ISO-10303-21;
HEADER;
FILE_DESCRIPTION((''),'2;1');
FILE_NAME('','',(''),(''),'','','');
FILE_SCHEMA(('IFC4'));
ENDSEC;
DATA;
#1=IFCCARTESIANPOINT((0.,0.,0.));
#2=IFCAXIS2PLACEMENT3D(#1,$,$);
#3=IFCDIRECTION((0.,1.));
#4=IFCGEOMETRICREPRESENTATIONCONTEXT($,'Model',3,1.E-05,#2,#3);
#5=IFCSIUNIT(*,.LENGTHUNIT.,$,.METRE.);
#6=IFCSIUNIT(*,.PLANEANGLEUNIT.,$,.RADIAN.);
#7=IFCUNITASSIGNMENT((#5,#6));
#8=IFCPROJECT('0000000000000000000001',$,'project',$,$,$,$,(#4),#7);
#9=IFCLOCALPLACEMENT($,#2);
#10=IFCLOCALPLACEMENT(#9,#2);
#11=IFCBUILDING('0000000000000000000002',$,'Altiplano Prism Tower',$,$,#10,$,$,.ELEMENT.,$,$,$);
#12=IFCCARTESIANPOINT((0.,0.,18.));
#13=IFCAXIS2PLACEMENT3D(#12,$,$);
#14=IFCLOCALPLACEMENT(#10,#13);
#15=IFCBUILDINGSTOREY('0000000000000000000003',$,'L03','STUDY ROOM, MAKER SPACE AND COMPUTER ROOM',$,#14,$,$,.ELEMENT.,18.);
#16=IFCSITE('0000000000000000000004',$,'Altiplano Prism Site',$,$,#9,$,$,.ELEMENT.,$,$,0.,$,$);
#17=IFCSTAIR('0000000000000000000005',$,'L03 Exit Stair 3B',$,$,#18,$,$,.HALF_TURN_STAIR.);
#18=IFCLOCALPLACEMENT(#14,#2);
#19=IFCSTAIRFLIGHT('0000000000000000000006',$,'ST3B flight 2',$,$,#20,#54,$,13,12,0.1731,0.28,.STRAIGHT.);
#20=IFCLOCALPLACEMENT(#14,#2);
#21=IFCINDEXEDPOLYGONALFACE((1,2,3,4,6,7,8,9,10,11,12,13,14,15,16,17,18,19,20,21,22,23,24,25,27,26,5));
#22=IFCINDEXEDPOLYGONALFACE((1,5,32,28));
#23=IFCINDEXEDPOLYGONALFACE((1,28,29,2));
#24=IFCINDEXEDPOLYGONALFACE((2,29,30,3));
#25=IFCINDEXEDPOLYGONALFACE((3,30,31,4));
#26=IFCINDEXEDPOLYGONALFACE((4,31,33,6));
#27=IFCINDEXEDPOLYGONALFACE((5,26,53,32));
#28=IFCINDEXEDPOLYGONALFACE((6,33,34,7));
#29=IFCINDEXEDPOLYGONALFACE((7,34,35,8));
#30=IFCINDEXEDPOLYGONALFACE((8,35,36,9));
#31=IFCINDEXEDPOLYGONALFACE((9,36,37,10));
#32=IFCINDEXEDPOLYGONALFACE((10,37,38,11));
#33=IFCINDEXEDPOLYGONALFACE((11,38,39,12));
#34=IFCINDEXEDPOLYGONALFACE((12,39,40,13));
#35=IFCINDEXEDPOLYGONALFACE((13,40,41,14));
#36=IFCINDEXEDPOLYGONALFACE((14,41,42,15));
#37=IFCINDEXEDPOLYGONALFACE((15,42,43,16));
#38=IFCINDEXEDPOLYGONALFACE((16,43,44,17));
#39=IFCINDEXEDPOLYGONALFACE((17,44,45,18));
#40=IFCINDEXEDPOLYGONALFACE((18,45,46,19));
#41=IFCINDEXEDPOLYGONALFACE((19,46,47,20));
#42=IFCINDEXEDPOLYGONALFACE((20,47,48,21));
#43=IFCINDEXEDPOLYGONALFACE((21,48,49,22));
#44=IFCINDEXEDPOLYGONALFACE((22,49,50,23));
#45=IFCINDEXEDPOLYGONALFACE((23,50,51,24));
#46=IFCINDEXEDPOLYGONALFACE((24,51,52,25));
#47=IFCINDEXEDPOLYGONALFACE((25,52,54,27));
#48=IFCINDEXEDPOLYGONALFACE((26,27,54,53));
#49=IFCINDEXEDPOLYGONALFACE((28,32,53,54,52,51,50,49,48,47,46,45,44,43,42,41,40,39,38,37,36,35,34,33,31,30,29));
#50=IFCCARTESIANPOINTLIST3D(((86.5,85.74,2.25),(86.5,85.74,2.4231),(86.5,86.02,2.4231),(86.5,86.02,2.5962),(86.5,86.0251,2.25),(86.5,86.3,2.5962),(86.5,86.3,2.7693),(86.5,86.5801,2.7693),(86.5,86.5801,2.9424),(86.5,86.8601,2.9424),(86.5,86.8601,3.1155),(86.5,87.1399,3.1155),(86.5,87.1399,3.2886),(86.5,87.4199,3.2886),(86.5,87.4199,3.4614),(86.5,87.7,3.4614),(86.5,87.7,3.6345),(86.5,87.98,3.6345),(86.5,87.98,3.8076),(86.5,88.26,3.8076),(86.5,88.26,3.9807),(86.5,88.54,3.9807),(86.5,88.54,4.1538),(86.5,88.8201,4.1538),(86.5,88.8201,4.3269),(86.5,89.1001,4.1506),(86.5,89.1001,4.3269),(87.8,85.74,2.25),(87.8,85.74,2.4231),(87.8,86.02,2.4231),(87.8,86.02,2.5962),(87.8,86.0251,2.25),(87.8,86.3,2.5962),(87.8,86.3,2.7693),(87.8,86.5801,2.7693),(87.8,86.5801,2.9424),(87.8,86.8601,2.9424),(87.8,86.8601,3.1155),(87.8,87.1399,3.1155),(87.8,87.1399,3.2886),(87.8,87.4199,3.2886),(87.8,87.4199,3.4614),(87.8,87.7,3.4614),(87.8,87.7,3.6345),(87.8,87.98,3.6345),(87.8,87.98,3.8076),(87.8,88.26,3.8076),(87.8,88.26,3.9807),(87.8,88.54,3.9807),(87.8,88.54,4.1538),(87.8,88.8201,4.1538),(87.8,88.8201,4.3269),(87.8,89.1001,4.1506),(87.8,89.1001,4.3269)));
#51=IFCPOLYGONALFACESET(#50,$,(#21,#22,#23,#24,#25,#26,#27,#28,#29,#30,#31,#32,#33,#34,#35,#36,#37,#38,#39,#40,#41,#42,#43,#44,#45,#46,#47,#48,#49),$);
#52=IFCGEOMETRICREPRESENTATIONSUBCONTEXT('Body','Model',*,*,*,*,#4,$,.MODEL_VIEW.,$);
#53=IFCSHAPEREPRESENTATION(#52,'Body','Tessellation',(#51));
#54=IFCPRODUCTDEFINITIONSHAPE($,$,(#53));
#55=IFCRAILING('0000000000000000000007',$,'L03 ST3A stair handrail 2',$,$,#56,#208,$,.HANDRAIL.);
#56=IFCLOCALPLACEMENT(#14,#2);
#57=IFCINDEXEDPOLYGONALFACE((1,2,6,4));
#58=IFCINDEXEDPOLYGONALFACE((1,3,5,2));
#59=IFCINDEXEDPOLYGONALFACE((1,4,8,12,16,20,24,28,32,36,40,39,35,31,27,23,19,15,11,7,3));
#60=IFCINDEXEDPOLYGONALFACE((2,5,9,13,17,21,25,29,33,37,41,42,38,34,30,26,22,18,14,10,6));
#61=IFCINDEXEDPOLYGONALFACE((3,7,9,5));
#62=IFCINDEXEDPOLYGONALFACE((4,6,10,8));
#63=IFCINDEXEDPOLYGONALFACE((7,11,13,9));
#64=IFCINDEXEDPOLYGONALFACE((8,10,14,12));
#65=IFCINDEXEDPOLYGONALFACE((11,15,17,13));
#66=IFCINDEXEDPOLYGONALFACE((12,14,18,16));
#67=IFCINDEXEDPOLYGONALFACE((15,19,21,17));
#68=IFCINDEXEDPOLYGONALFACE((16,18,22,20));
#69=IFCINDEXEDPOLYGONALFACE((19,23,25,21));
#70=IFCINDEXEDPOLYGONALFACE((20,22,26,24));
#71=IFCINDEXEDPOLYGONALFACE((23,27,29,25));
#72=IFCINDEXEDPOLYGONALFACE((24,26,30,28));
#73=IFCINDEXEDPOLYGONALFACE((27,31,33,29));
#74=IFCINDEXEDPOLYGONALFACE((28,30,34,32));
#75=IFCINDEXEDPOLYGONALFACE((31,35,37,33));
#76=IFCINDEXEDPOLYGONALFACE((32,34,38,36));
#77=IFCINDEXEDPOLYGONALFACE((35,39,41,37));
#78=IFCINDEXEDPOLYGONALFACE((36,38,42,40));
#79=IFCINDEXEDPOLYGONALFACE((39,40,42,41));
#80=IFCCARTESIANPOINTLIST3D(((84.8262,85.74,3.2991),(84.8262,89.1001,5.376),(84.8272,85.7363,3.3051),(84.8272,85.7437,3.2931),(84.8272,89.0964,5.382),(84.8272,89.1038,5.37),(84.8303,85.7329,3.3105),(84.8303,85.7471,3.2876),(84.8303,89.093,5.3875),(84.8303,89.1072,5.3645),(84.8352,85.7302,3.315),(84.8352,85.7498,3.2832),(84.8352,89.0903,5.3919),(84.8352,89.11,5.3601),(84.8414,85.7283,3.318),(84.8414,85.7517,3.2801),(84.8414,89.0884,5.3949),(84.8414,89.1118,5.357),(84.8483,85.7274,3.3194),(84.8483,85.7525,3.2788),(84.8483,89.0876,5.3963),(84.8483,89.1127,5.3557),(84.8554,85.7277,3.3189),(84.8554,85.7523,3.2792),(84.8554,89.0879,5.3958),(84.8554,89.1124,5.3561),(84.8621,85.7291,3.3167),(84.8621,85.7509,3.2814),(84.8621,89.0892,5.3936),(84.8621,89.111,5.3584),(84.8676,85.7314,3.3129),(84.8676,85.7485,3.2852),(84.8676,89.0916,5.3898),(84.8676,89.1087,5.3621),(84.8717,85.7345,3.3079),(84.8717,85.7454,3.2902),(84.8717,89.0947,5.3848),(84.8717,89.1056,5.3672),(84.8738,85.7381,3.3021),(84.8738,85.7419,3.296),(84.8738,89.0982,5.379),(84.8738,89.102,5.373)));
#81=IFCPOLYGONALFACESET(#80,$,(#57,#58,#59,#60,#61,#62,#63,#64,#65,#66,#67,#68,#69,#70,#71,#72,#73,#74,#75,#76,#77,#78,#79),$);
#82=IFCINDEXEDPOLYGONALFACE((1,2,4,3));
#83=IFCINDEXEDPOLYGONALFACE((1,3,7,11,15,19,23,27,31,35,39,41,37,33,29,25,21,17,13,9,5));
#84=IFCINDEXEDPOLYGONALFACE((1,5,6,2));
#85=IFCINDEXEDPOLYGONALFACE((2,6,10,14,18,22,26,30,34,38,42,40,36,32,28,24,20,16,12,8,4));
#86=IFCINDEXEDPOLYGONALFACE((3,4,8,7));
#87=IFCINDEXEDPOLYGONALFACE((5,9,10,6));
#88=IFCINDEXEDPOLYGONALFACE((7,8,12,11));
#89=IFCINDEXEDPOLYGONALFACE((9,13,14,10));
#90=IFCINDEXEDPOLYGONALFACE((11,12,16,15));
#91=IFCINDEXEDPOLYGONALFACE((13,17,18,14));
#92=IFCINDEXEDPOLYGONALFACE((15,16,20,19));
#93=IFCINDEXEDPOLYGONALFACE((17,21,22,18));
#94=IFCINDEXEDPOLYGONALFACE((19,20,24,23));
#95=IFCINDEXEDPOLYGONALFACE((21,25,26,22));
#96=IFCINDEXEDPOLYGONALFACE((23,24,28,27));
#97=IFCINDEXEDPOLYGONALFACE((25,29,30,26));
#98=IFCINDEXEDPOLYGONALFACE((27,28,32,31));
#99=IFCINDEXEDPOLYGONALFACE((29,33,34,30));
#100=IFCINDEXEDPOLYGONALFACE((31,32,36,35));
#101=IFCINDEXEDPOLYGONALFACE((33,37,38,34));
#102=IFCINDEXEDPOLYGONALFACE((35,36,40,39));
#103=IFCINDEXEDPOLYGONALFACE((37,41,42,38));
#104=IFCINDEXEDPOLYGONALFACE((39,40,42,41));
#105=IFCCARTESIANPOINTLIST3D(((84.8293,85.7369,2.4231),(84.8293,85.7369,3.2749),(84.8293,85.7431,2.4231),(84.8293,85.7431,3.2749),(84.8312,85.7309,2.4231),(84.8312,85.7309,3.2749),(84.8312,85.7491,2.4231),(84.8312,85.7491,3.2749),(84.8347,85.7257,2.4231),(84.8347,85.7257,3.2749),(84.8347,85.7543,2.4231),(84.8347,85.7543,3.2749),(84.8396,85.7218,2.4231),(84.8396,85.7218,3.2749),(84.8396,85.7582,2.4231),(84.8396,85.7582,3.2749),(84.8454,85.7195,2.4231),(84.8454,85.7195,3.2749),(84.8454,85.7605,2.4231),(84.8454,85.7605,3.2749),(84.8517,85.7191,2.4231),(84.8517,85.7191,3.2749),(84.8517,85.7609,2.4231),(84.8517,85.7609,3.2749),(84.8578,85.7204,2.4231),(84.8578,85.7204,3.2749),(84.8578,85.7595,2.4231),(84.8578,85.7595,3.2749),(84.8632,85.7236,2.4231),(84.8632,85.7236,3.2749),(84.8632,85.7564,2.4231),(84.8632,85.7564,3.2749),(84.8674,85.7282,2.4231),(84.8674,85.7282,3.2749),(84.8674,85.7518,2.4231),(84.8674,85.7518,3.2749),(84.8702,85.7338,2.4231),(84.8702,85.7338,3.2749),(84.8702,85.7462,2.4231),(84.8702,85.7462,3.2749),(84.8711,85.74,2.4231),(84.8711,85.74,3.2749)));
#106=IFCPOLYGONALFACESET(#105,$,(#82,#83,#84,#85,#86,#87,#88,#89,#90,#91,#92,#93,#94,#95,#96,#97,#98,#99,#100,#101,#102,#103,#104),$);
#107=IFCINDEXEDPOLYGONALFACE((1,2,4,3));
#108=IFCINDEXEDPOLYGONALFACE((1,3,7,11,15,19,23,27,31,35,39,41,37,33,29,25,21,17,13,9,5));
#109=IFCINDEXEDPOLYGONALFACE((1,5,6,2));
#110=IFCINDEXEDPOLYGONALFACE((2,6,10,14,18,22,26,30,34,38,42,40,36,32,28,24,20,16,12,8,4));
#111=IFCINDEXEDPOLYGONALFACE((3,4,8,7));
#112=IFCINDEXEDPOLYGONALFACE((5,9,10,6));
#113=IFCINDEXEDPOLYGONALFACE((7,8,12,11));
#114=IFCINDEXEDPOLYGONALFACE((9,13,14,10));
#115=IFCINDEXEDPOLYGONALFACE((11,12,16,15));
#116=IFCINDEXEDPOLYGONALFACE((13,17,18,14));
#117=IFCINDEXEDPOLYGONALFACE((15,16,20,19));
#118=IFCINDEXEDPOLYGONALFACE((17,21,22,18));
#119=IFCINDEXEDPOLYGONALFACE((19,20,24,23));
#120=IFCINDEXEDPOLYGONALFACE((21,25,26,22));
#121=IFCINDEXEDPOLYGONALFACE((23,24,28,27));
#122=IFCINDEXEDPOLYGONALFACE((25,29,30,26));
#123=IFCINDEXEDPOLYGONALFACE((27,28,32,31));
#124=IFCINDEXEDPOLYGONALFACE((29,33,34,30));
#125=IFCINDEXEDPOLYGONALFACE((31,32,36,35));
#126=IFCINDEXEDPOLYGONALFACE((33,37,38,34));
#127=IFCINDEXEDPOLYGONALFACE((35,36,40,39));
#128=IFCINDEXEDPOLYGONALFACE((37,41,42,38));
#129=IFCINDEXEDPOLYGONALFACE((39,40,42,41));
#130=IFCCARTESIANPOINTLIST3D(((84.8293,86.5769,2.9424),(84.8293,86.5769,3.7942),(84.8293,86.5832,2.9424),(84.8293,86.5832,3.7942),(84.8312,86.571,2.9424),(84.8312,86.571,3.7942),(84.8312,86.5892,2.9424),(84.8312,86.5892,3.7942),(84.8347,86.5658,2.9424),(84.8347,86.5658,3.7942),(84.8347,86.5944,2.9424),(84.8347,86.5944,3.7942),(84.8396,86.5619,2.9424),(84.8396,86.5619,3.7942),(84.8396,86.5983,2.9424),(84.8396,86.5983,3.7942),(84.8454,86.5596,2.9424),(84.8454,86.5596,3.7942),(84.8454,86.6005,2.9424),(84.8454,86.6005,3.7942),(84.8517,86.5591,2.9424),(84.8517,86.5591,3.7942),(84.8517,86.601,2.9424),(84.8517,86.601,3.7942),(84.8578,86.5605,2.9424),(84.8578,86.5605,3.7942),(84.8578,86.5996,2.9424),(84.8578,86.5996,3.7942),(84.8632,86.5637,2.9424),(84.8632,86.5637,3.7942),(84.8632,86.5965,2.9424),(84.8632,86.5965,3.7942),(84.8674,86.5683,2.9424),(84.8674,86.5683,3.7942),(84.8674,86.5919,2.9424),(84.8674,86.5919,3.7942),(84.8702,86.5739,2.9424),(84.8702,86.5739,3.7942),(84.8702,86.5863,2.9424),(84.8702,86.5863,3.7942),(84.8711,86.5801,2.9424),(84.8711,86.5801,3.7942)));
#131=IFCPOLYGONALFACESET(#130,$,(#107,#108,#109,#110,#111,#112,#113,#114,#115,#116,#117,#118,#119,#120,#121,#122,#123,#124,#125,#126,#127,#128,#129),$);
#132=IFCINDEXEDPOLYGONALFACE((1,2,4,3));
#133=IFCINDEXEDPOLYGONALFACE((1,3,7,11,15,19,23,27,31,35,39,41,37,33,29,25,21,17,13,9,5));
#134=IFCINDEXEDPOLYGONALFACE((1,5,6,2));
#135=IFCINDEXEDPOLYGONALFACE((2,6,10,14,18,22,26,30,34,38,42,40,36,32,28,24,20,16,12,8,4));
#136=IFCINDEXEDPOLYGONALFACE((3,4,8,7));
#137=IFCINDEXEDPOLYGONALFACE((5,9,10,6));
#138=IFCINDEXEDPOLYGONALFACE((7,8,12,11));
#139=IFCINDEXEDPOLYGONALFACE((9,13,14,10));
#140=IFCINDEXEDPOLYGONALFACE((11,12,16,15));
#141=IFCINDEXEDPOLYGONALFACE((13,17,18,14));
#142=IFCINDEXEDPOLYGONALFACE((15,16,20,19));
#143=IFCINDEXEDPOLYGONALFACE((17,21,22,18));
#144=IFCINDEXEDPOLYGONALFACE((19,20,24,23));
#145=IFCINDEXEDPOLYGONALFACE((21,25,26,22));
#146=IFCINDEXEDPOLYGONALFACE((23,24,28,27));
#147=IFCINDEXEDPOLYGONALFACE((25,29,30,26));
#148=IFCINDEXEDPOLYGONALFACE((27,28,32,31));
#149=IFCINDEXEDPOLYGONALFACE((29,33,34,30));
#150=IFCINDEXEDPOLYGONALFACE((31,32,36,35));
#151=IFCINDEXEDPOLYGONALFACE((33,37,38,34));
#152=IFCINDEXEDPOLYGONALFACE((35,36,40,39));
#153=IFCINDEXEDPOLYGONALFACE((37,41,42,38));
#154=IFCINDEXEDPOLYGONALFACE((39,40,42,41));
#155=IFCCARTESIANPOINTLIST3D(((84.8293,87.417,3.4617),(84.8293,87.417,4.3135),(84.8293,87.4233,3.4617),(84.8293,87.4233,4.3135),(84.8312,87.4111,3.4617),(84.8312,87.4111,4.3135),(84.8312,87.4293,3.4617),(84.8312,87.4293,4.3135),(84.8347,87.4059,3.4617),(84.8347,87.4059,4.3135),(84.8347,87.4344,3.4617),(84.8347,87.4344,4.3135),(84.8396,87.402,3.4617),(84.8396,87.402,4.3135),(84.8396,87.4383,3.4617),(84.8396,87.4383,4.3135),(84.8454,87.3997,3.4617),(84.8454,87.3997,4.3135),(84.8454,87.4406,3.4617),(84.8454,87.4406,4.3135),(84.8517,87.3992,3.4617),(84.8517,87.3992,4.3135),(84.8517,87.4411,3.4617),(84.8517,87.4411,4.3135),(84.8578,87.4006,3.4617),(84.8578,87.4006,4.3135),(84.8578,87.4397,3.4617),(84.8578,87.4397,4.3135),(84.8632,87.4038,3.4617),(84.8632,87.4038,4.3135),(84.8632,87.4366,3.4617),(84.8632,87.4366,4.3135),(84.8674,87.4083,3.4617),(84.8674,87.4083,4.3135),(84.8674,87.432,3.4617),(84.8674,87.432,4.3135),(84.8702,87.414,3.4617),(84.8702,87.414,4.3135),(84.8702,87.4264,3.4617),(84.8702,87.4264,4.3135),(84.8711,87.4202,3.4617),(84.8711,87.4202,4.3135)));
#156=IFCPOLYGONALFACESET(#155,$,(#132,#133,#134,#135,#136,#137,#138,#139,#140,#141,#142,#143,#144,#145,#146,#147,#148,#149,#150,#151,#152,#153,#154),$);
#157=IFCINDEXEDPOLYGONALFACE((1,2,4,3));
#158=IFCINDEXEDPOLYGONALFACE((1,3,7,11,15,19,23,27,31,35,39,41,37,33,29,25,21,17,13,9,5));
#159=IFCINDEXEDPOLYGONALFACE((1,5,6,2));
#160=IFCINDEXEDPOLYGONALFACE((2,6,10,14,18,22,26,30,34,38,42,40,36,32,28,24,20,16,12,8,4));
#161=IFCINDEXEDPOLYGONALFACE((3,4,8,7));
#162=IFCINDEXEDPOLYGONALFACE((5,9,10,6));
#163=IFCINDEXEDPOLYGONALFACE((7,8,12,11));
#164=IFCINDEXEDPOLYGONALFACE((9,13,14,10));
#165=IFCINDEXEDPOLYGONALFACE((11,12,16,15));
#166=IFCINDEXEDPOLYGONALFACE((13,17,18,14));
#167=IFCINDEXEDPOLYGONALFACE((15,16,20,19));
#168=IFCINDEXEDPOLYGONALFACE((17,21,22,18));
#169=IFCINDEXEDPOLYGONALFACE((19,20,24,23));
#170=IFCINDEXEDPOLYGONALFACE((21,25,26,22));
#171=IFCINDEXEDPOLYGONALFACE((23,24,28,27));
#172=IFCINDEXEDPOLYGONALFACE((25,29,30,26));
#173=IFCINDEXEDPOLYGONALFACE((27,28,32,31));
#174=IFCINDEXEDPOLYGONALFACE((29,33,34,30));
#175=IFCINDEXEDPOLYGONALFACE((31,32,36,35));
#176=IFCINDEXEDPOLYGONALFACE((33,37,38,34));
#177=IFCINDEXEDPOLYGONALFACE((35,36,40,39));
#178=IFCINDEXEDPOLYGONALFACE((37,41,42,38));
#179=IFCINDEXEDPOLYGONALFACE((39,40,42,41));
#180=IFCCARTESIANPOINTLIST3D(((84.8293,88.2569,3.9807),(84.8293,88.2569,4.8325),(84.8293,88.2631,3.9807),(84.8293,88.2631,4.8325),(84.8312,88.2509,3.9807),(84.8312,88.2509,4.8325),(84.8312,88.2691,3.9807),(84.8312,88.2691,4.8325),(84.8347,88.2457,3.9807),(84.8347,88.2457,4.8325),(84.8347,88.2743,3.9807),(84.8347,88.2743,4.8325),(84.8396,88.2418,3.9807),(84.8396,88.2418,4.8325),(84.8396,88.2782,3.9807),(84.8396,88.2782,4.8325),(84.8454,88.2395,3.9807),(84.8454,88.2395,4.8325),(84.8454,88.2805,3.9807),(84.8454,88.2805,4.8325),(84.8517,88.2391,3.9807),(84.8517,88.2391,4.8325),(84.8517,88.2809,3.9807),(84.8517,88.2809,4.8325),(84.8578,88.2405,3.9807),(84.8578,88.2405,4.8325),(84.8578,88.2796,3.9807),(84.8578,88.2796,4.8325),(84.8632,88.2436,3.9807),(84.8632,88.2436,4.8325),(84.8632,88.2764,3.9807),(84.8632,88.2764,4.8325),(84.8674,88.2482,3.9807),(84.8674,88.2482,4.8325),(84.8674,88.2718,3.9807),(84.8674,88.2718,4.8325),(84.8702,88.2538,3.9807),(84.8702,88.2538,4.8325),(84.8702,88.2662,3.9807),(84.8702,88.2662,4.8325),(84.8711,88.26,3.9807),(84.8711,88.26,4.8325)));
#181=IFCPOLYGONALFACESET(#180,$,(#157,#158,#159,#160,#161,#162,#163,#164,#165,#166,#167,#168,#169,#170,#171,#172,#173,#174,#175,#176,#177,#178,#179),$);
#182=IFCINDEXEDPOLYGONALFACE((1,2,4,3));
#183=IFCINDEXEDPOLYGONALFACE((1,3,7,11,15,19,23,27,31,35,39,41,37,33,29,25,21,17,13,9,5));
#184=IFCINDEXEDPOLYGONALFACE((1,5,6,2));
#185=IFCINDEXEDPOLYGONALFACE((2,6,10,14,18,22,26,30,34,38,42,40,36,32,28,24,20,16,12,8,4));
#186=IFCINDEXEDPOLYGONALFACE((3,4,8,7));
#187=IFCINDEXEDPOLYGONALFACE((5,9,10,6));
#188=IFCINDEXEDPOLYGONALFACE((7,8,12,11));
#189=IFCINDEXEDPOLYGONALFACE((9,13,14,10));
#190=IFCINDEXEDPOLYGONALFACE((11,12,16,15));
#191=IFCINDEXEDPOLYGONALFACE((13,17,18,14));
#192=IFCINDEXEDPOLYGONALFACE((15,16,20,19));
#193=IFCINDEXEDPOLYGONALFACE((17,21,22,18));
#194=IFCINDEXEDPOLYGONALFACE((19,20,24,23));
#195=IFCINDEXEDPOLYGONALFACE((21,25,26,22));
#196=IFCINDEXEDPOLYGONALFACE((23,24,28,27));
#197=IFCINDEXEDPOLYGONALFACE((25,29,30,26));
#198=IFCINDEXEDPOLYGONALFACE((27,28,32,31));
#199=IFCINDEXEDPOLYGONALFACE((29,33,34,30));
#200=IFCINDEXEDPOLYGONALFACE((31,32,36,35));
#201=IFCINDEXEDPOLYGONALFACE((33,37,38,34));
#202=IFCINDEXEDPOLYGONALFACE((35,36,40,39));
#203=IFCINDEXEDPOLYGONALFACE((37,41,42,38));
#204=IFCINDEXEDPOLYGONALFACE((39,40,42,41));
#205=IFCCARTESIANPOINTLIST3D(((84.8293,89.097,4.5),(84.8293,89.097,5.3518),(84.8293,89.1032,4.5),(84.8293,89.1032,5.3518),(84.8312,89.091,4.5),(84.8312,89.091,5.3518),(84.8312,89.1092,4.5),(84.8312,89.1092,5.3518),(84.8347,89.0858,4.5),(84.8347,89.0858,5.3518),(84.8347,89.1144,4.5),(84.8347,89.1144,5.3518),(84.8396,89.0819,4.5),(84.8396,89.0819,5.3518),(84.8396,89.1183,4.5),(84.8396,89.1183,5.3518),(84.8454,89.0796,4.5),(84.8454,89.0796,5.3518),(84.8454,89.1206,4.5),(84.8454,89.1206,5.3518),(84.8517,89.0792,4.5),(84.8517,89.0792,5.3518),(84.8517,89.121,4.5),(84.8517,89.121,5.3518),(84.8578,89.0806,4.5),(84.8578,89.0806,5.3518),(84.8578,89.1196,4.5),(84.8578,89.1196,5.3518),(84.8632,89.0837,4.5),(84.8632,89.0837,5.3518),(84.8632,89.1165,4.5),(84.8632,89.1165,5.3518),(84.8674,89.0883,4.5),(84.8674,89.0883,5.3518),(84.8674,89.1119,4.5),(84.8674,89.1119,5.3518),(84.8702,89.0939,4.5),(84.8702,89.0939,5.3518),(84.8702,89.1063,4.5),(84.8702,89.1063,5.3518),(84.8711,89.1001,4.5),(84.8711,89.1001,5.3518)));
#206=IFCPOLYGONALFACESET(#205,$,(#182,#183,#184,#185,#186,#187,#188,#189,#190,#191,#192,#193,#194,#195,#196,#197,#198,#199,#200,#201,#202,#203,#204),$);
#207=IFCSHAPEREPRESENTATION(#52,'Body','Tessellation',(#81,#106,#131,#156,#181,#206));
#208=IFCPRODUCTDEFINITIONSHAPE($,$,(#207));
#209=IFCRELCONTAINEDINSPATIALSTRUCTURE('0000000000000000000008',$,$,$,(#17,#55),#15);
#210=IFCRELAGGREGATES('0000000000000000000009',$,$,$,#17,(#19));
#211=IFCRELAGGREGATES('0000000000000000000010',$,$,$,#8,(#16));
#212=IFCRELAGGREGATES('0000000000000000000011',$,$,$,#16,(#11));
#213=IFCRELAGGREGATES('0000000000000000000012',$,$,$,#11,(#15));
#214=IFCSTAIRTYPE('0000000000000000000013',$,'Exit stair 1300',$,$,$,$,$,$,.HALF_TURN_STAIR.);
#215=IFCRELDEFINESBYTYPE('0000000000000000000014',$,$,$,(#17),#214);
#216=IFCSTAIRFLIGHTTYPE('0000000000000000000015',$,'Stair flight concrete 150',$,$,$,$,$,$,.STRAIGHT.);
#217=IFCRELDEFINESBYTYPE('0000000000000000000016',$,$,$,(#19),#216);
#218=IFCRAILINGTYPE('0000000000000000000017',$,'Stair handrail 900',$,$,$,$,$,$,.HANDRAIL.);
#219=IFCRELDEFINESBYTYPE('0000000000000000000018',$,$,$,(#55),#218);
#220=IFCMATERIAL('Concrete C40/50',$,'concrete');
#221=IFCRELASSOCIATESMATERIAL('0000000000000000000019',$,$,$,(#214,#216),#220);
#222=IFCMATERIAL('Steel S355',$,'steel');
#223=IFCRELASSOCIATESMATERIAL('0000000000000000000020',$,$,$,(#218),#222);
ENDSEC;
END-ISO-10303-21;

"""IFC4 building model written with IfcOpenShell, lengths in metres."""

from ifc_helpers import new_model, si_unit, direction, frame, origin, origin_2d, place, context, subcontext, project, spatial, polyline, circle, outline, extrude, material, type_object, element, aggregate, save


model = new_model("IFC4")

# Units and contexts
model_context = context("Model", 3, precision=1e-05, world=origin(), true_north=direction((0.0, 1.0)))
body_context = subcontext(model_context, "Body", "Model", "MODEL_VIEW")
ifc_project = project(units=[si_unit("LENGTHUNIT", "METRE"), si_unit("PLANEANGLEUNIT", "RADIAN")], contexts=[model_context])

# Site, building, storey
site_placement = place(None, origin())
site = spatial("IfcSite", under=ifc_project, at=site_placement, Name="Altiplano Prism Site", CompositionType="ELEMENT", RefElevation=0.0)
building_placement = place(site_placement, origin())
building = spatial("IfcBuilding", under=site, at=building_placement, Name="Altiplano Prism Tower", CompositionType="ELEMENT")
storey_placement = place(building_placement, frame((0.0, 0.0, 18.0)))
storey = spatial("IfcBuildingStorey", under=building, at=storey_placement, Name="L03", Description="STUDY ROOM, MAKER SPACE AND COMPUTER ROOM", CompositionType="ELEMENT", Elevation=18.0)

# Shared definitions
ifc_material_1 = material(Name="Concrete C40/50", Category="concrete")
stair_type = type_object("IfcStairType", Name="Exit stair 1300", PredefinedType="HALF_TURN_STAIR", material=ifc_material_1)
stair_flight_type = type_object("IfcStairFlightType", Name="Stair flight concrete 150", PredefinedType="STRAIGHT", material=ifc_material_1)

# Stair, stair flight
stair_1_placement = place(storey_placement, origin())
stair_1 = element("IfcStair", 1, at=stair_1_placement, inside=storey, type_object=stair_type, Name="L03 Exit Stair 3B", PredefinedType="HALF_TURN_STAIR")
stair_flight_1_placement = place(storey_placement, frame((87.1499, 85.74, 2.25), z_axis=(0.0, 0.0, 1.0), x_axis=(0.0, 1.0, 0.0)))
stair_flight_1 = element("IfcStairFlight", 2, at=stair_flight_1_placement, type_object=stair_flight_type, Name="ST3B flight 2", NumberOfRisers=13, NumberOfTreads=12, PredefinedType="STRAIGHT", RiserHeight=0.1731, TreadLength=0.28, context=body_context, shape_type="SweptSolid", body=[
    extrude(outline(polyline([(0.0, 0.0), (0.0, 0.1731), (0.28, 0.1731), (0.28, 0.3462), (0.5601, 0.3462), (0.5601, 0.5193), (0.8401, 0.5193), (0.8401, 0.6924), (1.1201, 0.6924), (1.1201, 0.8655), (1.3999, 0.8655), (1.3999, 1.0386), (1.6799, 1.0386), (1.6799, 1.2114), (1.96, 1.2114), (1.96, 1.3845), (2.24, 1.3845), (2.24, 1.5576), (2.52, 1.5576), (2.52, 1.7307), (2.8, 1.7307), (2.8, 1.9038), (3.0801, 1.9038), (3.0801, 2.0769), (3.3601, 2.0769), (3.3601, 2.25), (3.3601, 1.9006), (0.2852, 0.0), (0.0, 0.0)])), frame((0.0, 0.6499, 0.0), z_axis=(0.0, -1.0, 0.0), x_axis=(1.0, 0.0, 0.0)), (0.0, 0.0, 1.0), 1.3),
])
aggregate(stair_1, [stair_flight_1])

# Railing
ifc_material_2 = material(Name="Steel S355", Category="steel")
railing_type_1 = type_object("IfcRailingType", Name="Stair handrail 900", PredefinedType="HANDRAIL", material=ifc_material_2)
railing_1_placement = place(storey_placement, frame((84.8501, 85.74, 2.4231)))
element("IfcRailing", 3, at=railing_1_placement, inside=storey, type_object=railing_type_1, Name="L03 ST3A stair handrail 2", PredefinedType="HANDRAIL", context=body_context, shape_type="SweptSolid", body=[
    extrude(circle(Radius=0.0239, at=origin_2d()), frame((0.0, 0.0, 0.876), z_axis=(0.0, 0.850623, 0.525776), x_axis=(-1.0, 0.0, 0.0)), (0.0, 0.0, 1.0), 3.9502),
    extrude(circle(Radius=0.021, at=origin_2d()), origin(), (0.0, 0.0, 1.0), 0.8518),
    extrude(circle(Radius=0.021, at=origin_2d()), frame((0.0, 0.8401, 0.5193)), (0.0, 0.0, 1.0), 0.8518),
    extrude(circle(Radius=0.021, at=origin_2d()), frame((0.0, 1.6802, 1.0386)), (0.0, 0.0, 1.0), 0.8518),
    extrude(circle(Radius=0.021, at=origin_2d()), frame((0.0, 2.52, 1.5576)), (0.0, 0.0, 1.0), 0.8518),
    extrude(circle(Radius=0.021, at=origin_2d()), frame((0.0, 3.3601, 2.0769)), (0.0, 0.0, 1.0), 0.8518),
])

save(model, "model.ifc")
